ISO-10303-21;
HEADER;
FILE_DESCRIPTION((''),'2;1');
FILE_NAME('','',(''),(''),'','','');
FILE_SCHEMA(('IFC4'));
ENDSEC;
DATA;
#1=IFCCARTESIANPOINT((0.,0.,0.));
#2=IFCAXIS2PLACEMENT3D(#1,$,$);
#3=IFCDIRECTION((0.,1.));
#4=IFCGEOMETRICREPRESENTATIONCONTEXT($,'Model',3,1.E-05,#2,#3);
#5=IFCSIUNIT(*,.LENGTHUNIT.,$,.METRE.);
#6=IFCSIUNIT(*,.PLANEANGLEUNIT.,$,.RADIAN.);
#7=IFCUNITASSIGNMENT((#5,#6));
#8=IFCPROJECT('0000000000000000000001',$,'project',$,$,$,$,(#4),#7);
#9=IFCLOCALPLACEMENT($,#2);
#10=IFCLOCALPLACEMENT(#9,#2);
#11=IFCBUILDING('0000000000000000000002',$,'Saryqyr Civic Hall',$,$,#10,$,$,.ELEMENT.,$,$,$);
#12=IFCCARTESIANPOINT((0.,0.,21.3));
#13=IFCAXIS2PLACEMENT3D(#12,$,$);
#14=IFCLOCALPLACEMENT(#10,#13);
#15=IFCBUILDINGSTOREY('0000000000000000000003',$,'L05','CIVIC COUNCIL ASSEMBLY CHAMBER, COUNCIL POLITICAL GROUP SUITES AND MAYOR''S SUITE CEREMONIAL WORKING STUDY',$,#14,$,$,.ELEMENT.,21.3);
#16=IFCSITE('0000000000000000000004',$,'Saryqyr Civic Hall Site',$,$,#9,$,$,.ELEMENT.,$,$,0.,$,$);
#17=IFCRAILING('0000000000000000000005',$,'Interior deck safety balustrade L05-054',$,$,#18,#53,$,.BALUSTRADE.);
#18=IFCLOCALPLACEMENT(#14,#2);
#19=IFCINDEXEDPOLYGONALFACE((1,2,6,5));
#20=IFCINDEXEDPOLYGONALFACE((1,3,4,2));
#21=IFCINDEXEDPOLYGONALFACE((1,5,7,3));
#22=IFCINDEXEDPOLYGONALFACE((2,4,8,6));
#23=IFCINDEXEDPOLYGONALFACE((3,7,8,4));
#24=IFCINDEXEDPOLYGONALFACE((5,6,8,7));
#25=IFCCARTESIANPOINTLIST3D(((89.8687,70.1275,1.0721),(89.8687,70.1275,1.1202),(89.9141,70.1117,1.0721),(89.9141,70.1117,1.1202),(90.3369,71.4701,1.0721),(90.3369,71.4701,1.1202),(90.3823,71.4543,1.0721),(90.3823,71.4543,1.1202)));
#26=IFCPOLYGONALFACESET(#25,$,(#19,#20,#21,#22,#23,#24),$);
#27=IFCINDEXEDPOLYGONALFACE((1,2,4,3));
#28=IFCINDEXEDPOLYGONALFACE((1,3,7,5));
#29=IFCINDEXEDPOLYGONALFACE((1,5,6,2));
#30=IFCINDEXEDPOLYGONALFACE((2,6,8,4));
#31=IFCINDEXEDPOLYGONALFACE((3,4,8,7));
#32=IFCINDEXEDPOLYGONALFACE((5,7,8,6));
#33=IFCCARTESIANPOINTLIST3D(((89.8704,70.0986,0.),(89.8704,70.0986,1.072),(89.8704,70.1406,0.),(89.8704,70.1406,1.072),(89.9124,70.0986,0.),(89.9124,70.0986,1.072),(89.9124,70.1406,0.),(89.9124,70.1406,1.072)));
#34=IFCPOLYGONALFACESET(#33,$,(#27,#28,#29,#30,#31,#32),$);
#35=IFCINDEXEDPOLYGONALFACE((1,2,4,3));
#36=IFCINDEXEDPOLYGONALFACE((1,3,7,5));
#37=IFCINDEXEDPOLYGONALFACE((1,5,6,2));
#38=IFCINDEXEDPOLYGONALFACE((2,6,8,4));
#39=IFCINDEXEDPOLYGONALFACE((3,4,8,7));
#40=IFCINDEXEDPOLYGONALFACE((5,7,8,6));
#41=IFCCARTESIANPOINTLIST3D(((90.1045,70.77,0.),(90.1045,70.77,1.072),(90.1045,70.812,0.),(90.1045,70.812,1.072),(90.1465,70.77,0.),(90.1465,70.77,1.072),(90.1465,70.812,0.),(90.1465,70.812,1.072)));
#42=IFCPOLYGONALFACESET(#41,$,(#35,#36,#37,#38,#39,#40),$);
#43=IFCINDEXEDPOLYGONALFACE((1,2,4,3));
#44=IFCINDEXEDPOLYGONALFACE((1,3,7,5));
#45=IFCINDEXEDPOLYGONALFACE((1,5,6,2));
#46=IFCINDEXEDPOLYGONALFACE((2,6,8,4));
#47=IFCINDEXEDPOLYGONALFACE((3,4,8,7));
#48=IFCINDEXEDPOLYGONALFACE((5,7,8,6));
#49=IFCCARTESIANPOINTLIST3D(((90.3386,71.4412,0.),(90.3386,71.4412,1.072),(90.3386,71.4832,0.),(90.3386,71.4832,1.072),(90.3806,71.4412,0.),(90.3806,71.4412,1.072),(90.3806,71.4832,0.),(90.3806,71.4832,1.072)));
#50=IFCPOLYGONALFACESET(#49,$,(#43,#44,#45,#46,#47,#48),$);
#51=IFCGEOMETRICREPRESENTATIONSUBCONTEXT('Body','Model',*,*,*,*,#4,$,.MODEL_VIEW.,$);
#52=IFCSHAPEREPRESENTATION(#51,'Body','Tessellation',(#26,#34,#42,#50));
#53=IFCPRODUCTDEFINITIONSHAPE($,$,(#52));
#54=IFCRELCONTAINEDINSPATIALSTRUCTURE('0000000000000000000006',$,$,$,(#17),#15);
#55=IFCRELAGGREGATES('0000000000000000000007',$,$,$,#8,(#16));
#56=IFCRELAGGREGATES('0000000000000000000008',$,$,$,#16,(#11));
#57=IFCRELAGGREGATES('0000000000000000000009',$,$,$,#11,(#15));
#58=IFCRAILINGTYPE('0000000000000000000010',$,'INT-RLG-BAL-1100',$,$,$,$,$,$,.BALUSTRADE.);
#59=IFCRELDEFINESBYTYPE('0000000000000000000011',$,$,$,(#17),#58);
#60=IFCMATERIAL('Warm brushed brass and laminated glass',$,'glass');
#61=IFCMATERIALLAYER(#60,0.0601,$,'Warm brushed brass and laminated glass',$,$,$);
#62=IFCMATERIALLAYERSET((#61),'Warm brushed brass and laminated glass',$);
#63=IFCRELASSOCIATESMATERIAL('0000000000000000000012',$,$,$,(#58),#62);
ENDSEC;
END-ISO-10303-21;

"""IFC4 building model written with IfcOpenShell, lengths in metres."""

from ifc_helpers import new_model, si_unit, direction, frame, origin, origin_2d, place, context, subcontext, project, spatial, rectangle, extrude, material, layer, layer_set, type_object, element, save


model = new_model("IFC4")

# Units and contexts
model_context = context("Model", 3, precision=1e-05, world=origin(), true_north=direction((0.0, 1.0)))
body_context = subcontext(model_context, "Body", "Model", "MODEL_VIEW")
ifc_project = project(units=[si_unit("LENGTHUNIT", "METRE"), si_unit("PLANEANGLEUNIT", "RADIAN")], contexts=[model_context])

# Site, building, storey
site_placement = place(None, origin())
site = spatial("IfcSite", under=ifc_project, at=site_placement, Name="Saryqyr Civic Hall Site", CompositionType="ELEMENT", RefElevation=0.0)
building_placement = place(site_placement, origin())
building = spatial("IfcBuilding", under=site, at=building_placement, Name="Saryqyr Civic Hall", CompositionType="ELEMENT")
storey_placement = place(building_placement, frame((0.0, 0.0, 21.3)))
storey = spatial("IfcBuildingStorey", under=building, at=storey_placement, Name="L05", Description="CIVIC COUNCIL ASSEMBLY CHAMBER, COUNCIL POLITICAL GROUP SUITES AND MAYOR'S SUITE CEREMONIAL WORKING STUDY", CompositionType="ELEMENT", Elevation=21.3)

# Railing
ifc_material_1 = material(Name="Warm brushed brass and laminated glass", Category="glass")
ifc_layer_1 = layer(ifc_material_1, 0.0601, Name="Warm brushed brass and laminated glass")
ifc_layer_set_1 = layer_set([ifc_layer_1], Name="Warm brushed brass and laminated glass")
railing_type = type_object("IfcRailingType", Name="INT-RLG-BAL-1100", PredefinedType="BALUSTRADE", material=ifc_layer_set_1)
railing_1_placement = place(storey_placement, frame((89.8914, 70.1196, 0.0)))
element("IfcRailing", 1, at=railing_1_placement, inside=storey, type_object=railing_type, Name="Interior deck safety balustrade L05-054", PredefinedType="BALUSTRADE", context=body_context, shape_type="SweptSolid", body=[
    extrude(rectangle(XDim=0.0481, YDim=0.0481, at=origin_2d()), frame((0.0, 0.0, 1.0962), z_axis=(0.329333, 0.944214, 0.0), x_axis=(-0.944214, 0.329333, 0.0)), (0.0, 0.0, 1.0), 1.4219),
    extrude(rectangle(XDim=0.042, YDim=0.042, at=origin_2d()), origin(), (0.0, 0.0, 1.0), 1.072),
    extrude(rectangle(XDim=0.042, YDim=0.042, at=origin_2d()), frame((0.2341, 0.6714, 0.0)), (0.0, 0.0, 1.0), 1.072),
    extrude(rectangle(XDim=0.042, YDim=0.042, at=origin_2d()), frame((0.4683, 1.3425, 0.0)), (0.0, 0.0, 1.0), 1.072),
])

save(model, "model.ifc")
